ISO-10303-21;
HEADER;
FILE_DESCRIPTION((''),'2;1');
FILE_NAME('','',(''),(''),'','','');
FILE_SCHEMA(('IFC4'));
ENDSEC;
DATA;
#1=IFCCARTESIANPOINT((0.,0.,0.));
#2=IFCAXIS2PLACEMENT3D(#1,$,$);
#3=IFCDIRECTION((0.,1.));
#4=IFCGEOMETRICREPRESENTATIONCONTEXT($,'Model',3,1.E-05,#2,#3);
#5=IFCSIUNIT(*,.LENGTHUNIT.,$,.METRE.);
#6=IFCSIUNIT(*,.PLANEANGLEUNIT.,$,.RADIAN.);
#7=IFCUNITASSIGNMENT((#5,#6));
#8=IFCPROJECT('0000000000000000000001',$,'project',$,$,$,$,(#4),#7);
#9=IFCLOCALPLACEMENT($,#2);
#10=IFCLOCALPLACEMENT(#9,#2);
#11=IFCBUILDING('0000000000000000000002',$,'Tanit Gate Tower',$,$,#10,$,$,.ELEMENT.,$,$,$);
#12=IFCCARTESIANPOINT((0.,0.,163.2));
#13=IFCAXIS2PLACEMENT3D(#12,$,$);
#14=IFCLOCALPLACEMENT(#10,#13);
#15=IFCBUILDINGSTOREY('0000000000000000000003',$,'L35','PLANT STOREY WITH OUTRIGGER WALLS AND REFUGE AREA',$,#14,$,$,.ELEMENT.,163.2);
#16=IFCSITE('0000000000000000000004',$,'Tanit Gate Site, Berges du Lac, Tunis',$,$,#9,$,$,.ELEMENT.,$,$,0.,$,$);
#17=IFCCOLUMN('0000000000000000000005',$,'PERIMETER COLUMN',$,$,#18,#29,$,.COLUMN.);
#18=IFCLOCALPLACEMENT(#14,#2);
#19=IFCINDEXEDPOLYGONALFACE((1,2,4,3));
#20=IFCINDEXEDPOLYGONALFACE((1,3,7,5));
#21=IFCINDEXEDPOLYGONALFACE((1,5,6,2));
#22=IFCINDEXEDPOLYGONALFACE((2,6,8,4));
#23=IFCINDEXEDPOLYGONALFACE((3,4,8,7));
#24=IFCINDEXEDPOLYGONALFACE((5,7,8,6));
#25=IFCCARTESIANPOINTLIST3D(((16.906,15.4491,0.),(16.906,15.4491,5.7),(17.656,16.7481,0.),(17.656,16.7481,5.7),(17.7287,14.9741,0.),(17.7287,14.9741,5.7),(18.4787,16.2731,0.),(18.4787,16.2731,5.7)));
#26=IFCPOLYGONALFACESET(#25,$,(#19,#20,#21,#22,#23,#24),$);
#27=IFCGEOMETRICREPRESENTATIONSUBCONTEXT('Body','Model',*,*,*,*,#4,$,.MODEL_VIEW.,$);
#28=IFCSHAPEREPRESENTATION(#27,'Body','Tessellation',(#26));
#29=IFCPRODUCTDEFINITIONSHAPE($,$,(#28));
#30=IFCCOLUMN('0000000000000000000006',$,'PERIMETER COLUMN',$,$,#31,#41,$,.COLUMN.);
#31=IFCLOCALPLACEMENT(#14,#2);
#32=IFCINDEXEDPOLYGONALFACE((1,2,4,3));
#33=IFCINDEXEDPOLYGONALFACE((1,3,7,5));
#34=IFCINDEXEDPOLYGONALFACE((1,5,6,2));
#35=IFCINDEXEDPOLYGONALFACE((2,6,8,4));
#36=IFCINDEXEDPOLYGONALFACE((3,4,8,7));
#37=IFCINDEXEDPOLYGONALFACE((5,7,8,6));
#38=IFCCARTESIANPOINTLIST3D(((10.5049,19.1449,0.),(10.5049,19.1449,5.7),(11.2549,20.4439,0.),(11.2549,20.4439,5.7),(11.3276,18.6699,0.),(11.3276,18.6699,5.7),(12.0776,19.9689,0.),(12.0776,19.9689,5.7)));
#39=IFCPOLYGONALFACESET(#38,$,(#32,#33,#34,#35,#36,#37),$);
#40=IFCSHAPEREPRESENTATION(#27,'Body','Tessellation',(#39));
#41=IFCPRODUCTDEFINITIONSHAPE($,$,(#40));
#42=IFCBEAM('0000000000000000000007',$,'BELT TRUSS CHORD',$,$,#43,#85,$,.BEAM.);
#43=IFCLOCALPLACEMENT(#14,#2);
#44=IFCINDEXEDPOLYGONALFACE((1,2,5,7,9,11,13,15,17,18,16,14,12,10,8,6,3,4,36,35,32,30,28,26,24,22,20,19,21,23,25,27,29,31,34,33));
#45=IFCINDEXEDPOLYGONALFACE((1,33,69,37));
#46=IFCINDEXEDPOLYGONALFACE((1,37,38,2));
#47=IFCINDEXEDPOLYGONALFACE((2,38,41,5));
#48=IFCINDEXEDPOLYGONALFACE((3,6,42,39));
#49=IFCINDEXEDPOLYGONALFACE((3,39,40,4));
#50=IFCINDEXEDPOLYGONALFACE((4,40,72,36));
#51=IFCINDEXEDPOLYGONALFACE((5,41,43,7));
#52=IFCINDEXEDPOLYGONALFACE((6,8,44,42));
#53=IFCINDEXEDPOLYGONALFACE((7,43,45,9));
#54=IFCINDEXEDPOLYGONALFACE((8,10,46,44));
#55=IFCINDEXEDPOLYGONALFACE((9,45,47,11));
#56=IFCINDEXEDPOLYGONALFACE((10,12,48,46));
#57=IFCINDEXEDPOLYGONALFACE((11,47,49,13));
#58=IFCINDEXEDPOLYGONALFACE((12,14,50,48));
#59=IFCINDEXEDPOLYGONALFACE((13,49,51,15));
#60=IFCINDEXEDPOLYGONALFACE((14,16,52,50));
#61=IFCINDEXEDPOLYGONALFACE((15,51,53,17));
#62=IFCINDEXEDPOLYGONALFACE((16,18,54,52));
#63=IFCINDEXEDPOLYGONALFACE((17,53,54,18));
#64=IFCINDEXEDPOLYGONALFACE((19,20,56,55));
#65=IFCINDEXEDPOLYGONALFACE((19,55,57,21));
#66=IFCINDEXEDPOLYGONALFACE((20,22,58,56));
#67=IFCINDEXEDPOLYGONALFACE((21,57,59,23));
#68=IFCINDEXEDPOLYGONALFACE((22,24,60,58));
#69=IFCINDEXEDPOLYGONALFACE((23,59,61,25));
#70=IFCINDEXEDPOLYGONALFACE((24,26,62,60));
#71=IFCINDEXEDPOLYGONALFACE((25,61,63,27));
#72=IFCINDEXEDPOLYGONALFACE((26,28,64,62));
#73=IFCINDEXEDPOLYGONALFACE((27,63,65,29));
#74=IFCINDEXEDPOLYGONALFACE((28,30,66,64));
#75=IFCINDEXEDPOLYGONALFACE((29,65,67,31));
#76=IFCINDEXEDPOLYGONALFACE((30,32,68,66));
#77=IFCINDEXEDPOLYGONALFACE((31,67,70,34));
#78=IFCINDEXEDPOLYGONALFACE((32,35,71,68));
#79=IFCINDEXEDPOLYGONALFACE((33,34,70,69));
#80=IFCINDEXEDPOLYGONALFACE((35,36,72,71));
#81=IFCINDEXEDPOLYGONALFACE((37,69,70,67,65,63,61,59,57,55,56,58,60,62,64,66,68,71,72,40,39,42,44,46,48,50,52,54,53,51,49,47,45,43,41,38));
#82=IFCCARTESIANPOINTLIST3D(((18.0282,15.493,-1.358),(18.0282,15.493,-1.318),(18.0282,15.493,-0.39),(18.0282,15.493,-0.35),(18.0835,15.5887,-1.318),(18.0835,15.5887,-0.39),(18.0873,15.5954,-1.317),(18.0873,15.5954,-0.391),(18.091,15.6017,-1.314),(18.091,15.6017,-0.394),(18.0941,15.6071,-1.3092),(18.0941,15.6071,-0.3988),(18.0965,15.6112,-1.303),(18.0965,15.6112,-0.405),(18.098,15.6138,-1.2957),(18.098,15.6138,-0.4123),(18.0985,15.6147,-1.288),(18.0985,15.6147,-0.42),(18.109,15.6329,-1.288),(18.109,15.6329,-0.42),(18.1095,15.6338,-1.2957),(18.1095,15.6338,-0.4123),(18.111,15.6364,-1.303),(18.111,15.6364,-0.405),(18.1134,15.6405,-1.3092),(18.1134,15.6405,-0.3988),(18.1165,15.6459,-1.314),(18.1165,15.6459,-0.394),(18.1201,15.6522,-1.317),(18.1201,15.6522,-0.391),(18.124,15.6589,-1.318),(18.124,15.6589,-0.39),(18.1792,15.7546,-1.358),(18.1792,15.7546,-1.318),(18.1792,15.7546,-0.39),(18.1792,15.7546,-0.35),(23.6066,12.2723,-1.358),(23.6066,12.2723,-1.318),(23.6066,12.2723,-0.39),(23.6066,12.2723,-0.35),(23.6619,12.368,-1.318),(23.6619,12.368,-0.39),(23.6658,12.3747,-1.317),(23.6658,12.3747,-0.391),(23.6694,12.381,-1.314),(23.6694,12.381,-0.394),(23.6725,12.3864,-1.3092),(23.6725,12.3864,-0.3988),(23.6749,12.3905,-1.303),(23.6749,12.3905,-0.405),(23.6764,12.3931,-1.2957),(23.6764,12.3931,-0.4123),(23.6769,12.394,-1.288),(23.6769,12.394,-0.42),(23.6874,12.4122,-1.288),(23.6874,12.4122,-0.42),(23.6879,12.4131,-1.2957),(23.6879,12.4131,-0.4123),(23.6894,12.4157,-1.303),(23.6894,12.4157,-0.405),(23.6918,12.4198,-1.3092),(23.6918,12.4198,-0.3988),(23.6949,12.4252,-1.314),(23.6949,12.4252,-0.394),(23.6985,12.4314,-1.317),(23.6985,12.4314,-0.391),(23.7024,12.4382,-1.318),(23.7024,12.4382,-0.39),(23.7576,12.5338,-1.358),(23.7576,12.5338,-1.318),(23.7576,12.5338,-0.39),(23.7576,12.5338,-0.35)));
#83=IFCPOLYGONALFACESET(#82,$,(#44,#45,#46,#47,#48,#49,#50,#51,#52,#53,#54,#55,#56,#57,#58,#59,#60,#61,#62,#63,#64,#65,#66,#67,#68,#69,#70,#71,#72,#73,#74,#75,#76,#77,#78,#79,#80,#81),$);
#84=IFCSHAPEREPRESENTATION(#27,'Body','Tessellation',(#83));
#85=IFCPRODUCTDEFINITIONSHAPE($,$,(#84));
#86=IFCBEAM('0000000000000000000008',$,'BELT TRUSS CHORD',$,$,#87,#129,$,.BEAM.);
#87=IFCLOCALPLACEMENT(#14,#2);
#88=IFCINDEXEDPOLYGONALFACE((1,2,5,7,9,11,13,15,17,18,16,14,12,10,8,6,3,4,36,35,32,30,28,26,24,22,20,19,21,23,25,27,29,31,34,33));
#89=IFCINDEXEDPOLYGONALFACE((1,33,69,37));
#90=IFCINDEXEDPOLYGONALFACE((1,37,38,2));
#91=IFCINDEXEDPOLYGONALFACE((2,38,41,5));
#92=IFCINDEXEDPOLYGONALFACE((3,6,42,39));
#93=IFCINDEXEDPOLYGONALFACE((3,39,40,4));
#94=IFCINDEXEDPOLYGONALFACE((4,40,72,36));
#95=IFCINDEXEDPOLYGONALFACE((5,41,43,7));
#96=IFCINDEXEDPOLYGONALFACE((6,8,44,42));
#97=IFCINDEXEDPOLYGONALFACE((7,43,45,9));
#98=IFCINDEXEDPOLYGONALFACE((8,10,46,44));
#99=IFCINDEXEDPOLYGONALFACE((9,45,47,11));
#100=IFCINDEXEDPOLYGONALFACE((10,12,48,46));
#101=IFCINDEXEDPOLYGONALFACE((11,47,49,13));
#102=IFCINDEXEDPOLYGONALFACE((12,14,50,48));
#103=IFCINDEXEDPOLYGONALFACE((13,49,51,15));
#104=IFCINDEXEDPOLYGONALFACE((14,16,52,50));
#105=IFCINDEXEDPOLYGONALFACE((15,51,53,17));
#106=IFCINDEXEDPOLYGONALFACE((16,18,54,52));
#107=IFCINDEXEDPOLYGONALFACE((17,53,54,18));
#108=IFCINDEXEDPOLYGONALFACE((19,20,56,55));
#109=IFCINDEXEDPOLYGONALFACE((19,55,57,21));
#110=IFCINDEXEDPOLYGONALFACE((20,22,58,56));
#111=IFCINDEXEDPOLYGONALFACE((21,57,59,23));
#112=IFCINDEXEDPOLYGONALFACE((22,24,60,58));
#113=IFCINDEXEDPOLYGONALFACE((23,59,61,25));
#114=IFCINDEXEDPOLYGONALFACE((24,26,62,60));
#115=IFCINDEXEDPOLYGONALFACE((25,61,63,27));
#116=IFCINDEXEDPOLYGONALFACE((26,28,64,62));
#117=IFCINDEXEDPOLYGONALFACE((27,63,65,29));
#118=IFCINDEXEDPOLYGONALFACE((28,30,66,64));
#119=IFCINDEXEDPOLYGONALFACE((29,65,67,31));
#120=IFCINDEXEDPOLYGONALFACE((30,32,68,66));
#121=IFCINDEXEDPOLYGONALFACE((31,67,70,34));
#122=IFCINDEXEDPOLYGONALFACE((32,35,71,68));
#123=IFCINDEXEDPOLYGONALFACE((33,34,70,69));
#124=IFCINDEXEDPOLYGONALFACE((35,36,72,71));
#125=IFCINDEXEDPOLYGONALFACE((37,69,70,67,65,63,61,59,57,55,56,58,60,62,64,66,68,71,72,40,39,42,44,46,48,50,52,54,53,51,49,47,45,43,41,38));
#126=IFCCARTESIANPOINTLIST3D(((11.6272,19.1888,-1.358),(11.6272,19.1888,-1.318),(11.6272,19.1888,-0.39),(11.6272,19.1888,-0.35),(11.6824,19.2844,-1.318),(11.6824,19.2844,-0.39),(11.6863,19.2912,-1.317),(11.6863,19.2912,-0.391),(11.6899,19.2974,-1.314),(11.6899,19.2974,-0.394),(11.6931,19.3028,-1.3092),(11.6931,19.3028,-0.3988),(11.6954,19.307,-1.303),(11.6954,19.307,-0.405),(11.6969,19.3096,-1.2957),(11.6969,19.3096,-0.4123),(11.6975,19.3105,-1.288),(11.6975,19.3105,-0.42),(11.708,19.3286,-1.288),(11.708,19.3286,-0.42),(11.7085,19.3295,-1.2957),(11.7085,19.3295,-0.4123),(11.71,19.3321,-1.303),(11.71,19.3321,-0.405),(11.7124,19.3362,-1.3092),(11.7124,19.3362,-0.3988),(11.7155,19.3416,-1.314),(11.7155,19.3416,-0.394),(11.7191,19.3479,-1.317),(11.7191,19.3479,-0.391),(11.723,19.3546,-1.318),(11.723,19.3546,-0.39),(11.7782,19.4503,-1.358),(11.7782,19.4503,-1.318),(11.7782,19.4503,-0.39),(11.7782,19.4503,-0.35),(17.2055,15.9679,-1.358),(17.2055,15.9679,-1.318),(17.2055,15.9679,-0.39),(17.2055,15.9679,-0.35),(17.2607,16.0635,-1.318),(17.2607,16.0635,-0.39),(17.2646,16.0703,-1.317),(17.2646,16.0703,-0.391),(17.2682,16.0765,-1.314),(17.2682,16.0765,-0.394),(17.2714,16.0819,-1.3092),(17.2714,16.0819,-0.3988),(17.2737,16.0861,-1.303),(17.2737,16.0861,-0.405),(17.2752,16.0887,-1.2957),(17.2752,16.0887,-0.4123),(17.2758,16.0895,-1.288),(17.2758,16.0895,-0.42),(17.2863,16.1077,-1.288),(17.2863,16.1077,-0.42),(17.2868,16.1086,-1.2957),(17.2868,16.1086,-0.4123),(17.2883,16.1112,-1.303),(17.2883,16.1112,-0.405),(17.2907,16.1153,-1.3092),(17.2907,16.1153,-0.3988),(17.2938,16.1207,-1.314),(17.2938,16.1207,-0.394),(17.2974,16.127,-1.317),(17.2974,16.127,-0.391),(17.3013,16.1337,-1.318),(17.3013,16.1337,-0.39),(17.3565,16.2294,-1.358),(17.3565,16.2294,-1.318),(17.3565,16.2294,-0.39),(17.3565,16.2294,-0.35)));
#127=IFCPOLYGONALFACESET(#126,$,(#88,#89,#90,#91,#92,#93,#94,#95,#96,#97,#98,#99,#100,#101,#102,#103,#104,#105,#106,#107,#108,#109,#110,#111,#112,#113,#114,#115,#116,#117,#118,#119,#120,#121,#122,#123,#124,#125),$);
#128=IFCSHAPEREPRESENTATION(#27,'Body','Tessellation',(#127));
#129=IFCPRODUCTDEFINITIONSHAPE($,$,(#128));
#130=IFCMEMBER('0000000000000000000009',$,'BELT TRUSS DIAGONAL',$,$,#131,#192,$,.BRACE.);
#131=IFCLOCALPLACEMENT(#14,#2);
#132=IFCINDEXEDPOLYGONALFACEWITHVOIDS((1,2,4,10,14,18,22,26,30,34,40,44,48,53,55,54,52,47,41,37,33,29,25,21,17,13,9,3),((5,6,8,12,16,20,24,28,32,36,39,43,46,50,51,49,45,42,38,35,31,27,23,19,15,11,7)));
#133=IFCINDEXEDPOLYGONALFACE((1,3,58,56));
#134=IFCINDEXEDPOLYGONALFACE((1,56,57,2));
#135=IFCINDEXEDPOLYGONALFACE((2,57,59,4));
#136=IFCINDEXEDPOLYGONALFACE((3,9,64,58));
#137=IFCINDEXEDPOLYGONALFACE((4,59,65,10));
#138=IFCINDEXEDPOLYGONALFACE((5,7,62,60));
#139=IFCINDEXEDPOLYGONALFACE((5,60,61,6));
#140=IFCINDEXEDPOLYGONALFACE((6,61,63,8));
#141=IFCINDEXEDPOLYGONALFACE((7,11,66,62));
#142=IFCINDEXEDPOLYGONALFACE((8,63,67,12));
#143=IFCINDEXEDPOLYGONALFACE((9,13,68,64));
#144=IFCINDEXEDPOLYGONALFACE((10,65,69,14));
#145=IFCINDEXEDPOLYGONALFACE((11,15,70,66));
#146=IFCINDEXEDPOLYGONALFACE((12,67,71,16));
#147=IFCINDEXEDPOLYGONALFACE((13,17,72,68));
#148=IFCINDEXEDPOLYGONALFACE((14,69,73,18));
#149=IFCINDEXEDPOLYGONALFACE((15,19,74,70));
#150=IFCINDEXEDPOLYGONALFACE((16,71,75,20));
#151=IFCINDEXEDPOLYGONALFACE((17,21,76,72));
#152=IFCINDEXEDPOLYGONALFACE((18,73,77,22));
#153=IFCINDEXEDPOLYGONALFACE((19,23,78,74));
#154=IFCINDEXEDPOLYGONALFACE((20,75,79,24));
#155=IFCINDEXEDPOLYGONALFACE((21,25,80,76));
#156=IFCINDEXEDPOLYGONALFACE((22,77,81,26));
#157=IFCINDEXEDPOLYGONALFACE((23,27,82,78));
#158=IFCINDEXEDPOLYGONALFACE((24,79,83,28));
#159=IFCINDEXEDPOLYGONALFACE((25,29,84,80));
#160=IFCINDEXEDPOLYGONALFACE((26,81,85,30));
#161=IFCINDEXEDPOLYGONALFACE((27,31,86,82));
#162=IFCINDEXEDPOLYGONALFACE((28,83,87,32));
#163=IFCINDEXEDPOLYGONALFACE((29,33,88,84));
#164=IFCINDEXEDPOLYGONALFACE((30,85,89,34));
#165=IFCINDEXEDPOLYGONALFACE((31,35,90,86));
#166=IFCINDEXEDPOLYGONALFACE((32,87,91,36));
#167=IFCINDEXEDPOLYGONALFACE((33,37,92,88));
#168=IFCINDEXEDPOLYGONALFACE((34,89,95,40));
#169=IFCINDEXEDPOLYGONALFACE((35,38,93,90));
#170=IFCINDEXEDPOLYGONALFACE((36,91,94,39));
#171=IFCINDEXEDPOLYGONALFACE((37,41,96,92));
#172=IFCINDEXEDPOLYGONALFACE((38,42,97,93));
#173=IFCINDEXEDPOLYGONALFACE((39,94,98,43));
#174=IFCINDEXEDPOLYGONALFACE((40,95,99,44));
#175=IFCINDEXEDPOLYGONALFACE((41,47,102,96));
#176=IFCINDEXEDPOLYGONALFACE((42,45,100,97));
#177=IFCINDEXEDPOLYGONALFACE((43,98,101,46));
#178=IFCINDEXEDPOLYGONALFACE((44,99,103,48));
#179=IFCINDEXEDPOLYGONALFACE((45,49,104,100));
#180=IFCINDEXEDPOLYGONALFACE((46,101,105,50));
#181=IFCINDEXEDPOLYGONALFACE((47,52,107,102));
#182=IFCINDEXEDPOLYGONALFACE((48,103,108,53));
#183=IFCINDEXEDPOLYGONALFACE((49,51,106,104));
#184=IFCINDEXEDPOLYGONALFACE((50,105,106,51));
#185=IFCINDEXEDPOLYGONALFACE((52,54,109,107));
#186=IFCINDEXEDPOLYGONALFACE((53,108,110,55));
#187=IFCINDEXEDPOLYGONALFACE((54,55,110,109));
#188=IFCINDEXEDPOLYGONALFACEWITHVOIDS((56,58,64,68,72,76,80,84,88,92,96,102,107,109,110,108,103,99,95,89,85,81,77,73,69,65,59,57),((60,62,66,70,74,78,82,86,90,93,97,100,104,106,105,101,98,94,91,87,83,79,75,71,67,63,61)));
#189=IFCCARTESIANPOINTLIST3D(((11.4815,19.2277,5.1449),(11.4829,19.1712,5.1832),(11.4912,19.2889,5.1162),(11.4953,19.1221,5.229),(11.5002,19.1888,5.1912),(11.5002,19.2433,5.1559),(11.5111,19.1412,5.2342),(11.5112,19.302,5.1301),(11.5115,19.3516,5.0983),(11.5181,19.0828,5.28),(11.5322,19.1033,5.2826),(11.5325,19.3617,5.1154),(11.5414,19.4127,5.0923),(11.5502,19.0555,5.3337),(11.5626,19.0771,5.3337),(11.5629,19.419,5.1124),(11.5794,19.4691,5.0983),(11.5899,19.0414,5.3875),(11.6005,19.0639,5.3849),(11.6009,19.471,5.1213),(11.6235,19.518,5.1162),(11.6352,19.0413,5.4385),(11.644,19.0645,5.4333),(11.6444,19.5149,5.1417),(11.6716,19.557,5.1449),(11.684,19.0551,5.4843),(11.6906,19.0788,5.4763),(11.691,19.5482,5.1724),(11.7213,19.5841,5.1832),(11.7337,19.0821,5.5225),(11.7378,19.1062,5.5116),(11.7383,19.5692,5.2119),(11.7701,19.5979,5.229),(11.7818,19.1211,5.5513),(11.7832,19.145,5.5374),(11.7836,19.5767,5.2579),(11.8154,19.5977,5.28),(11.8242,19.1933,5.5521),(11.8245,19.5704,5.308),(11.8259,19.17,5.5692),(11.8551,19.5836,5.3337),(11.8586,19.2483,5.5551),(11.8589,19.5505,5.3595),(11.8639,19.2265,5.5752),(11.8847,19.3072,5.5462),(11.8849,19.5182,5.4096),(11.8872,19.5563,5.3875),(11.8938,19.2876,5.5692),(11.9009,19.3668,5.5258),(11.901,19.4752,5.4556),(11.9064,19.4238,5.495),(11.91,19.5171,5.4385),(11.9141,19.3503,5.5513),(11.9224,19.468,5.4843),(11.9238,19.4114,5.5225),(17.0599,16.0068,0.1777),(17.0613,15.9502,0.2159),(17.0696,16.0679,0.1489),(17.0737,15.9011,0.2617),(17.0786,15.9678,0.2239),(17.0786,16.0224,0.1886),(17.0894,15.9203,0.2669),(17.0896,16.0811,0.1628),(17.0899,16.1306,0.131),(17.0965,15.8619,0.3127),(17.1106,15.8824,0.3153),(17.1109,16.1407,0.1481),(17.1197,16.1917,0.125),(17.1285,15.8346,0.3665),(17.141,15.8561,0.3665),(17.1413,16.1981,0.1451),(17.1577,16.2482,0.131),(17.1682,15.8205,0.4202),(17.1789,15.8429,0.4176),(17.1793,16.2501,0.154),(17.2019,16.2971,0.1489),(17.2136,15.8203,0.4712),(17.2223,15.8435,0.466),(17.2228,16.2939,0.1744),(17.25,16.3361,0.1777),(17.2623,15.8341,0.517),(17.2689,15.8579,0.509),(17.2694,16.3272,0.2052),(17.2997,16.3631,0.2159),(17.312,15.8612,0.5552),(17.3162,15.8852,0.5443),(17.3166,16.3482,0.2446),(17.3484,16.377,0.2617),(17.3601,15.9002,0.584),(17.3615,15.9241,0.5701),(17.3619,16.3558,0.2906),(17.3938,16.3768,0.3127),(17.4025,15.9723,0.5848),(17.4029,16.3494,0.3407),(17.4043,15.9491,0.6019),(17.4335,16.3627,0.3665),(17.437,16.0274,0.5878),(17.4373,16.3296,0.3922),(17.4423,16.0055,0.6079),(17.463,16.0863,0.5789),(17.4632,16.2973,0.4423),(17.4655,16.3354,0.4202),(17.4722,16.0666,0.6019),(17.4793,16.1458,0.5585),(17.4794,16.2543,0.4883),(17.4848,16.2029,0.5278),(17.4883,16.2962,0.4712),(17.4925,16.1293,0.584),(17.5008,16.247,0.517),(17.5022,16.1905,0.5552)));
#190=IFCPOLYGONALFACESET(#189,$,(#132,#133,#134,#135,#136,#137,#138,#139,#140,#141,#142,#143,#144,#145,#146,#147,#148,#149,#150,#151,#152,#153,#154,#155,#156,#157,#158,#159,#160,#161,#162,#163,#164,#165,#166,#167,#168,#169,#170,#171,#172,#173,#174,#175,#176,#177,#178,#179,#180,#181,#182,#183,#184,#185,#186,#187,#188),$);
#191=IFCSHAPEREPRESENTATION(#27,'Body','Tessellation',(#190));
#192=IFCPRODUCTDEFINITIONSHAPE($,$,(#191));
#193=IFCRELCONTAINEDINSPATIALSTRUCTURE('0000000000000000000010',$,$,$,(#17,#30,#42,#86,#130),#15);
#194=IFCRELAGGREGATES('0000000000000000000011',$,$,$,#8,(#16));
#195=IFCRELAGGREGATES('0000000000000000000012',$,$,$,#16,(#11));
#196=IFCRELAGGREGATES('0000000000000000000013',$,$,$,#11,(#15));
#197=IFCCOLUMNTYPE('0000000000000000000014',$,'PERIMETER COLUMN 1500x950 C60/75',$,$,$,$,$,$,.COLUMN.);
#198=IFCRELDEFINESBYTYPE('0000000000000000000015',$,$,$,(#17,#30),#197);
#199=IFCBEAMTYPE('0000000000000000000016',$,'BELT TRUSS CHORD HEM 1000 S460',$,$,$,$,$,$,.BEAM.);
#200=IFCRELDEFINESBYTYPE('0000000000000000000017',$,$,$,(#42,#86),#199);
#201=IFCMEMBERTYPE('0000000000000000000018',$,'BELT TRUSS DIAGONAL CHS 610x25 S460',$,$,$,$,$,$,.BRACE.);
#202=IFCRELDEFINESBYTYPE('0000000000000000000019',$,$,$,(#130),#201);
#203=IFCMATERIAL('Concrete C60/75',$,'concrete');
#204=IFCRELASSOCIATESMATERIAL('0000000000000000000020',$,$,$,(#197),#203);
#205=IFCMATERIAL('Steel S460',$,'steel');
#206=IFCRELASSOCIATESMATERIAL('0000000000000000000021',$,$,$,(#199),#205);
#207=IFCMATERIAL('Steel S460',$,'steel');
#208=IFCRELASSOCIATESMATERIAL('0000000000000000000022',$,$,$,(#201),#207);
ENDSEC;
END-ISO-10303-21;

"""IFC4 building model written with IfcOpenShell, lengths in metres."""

from ifc_helpers import new_model, si_unit, direction, frame, origin, origin_2d, place, context, subcontext, project, spatial, rectangle, hollow_circle, i_section, extrude, material, material_profile, profile_set, type_object, element, save


model = new_model("IFC4")

# Units and contexts
model_context = context("Model", 3, precision=1e-05, world=origin(), true_north=direction((0.0, 1.0)))
body_context = subcontext(model_context, "Body", "Model", "MODEL_VIEW")
ifc_project = project(units=[si_unit("LENGTHUNIT", "METRE"), si_unit("PLANEANGLEUNIT", "RADIAN")], contexts=[model_context])

# Site, building, storey
site_placement = place(None, origin())
site = spatial("IfcSite", under=ifc_project, at=site_placement, Name="Tanit Gate Site, Berges du Lac, Tunis", CompositionType="ELEMENT", RefElevation=0.0)
building_placement = place(site_placement, origin())
building = spatial("IfcBuilding", under=site, at=building_placement, Name="Tanit Gate Tower", CompositionType="ELEMENT")
storey_placement = place(building_placement, frame((0.0, 0.0, 163.2)))
storey = spatial("IfcBuildingStorey", under=building, at=storey_placement, Name="L35", Description="PLANT STOREY WITH OUTRIGGER WALLS AND REFUGE AREA", CompositionType="ELEMENT", Elevation=163.2)

# Columns
ifc_material_1 = material(Name="Concrete C60/75", Category="concrete")
ifc_material_profile_1 = material_profile(ifc_material_1, rectangle(XDim=1.5, YDim=0.95, at=origin_2d()), Name="RC 1500x950")
ifc_profile_set_1 = profile_set([ifc_material_profile_1], Name="Concrete C60/75")
column_type = type_object("IfcColumnType", Name="PERIMETER COLUMN 1500x950 C60/75", PredefinedType="COLUMN", material=ifc_profile_set_1)
for number, where, z_axis, x_axis, name in (
    (1, (17.6924, 15.8611, 0.0), (0.0, 0.0, 1.0), (0.5, 0.866025, 0.0), "PERIMETER COLUMN"),
    (2, (11.2913, 19.5569, 0.0), (0.0, 0.0, 1.0), (0.5, 0.866025, 0.0), "PERIMETER COLUMN"),
):
    element("IfcColumn", number, at=place(storey_placement, frame(where, z_axis=z_axis, x_axis=x_axis)), inside=storey, type_object=column_type, Name=name, PredefinedType="COLUMN", context=body_context, shape_type="SweptSolid", body=[
        extrude(rectangle(XDim=1.5, YDim=0.95, at=origin_2d()), origin(), (0.0, 0.0, 1.0), 5.7),
    ])

# Beams
ifc_material_2 = material(Name="Steel S460", Category="steel")
ifc_material_profile_2 = material_profile(ifc_material_2, i_section(OverallWidth=0.302, OverallDepth=1.0081, WebThickness=0.021, FlangeThickness=0.04, FilletRadius=0.03, at=origin_2d()), Name="HEM 1000")
ifc_profile_set_2 = profile_set([ifc_material_profile_2], Name="Steel S460")
beam_type_1 = type_object("IfcBeamType", Name="BELT TRUSS CHORD HEM 1000 S460", PredefinedType="BEAM", material=ifc_profile_set_2)
for number, where, z_axis, x_axis, name in (
    (3, (23.6821, 12.4031, -0.854), (-0.866023, 0.500004, 0.0), (-0.500004, -0.866023, 0.0), "BELT TRUSS CHORD"),
    (4, (17.281, 16.0986, -0.854), (-0.866007, 0.500032, 0.0), (-0.500032, -0.866007, 0.0), "BELT TRUSS CHORD"),
):
    element("IfcBeam", number, at=place(storey_placement, frame(where, z_axis=z_axis, x_axis=x_axis)), inside=storey, type_object=beam_type_1, Name=name, PredefinedType="BEAM", context=body_context, shape_type="SweptSolid", body=[
        extrude(i_section(OverallWidth=0.302, OverallDepth=1.0081, WebThickness=0.021, FlangeThickness=0.04, FilletRadius=0.03, at=origin_2d()), origin(), (0.0, 0.0, 1.0), 6.4414),
    ])

# Member
ifc_material_3 = material(Name="Steel S460", Category="steel")
ifc_material_profile_3 = material_profile(ifc_material_3, hollow_circle(Radius=0.3049, WallThickness=0.0249, at=origin_2d()), Name="CHS 610x25")
ifc_profile_set_3 = profile_set([ifc_material_profile_3], Name="Steel S460")
member_type = type_object("IfcMemberType", Name="BELT TRUSS DIAGONAL CHS 610x25 S460", PredefinedType="BRACE", material=ifc_profile_set_3)
member_placement = place(storey_placement, frame((17.281, 16.0986, 0.3665), z_axis=(-0.685785, 0.395972, 0.61066), x_axis=(-0.500032, -0.866007, 0.0)))
element("IfcMember", 5, at=member_placement, inside=storey, type_object=member_type, Name="BELT TRUSS DIAGONAL", PredefinedType="BRACE", context=body_context, shape_type="SweptSolid", body=[
    extrude(hollow_circle(Radius=0.3049, WallThickness=0.0249, at=origin_2d()), origin(), (0.0, 0.0, 1.0), 8.1343),
])

save(model, "model.ifc")
